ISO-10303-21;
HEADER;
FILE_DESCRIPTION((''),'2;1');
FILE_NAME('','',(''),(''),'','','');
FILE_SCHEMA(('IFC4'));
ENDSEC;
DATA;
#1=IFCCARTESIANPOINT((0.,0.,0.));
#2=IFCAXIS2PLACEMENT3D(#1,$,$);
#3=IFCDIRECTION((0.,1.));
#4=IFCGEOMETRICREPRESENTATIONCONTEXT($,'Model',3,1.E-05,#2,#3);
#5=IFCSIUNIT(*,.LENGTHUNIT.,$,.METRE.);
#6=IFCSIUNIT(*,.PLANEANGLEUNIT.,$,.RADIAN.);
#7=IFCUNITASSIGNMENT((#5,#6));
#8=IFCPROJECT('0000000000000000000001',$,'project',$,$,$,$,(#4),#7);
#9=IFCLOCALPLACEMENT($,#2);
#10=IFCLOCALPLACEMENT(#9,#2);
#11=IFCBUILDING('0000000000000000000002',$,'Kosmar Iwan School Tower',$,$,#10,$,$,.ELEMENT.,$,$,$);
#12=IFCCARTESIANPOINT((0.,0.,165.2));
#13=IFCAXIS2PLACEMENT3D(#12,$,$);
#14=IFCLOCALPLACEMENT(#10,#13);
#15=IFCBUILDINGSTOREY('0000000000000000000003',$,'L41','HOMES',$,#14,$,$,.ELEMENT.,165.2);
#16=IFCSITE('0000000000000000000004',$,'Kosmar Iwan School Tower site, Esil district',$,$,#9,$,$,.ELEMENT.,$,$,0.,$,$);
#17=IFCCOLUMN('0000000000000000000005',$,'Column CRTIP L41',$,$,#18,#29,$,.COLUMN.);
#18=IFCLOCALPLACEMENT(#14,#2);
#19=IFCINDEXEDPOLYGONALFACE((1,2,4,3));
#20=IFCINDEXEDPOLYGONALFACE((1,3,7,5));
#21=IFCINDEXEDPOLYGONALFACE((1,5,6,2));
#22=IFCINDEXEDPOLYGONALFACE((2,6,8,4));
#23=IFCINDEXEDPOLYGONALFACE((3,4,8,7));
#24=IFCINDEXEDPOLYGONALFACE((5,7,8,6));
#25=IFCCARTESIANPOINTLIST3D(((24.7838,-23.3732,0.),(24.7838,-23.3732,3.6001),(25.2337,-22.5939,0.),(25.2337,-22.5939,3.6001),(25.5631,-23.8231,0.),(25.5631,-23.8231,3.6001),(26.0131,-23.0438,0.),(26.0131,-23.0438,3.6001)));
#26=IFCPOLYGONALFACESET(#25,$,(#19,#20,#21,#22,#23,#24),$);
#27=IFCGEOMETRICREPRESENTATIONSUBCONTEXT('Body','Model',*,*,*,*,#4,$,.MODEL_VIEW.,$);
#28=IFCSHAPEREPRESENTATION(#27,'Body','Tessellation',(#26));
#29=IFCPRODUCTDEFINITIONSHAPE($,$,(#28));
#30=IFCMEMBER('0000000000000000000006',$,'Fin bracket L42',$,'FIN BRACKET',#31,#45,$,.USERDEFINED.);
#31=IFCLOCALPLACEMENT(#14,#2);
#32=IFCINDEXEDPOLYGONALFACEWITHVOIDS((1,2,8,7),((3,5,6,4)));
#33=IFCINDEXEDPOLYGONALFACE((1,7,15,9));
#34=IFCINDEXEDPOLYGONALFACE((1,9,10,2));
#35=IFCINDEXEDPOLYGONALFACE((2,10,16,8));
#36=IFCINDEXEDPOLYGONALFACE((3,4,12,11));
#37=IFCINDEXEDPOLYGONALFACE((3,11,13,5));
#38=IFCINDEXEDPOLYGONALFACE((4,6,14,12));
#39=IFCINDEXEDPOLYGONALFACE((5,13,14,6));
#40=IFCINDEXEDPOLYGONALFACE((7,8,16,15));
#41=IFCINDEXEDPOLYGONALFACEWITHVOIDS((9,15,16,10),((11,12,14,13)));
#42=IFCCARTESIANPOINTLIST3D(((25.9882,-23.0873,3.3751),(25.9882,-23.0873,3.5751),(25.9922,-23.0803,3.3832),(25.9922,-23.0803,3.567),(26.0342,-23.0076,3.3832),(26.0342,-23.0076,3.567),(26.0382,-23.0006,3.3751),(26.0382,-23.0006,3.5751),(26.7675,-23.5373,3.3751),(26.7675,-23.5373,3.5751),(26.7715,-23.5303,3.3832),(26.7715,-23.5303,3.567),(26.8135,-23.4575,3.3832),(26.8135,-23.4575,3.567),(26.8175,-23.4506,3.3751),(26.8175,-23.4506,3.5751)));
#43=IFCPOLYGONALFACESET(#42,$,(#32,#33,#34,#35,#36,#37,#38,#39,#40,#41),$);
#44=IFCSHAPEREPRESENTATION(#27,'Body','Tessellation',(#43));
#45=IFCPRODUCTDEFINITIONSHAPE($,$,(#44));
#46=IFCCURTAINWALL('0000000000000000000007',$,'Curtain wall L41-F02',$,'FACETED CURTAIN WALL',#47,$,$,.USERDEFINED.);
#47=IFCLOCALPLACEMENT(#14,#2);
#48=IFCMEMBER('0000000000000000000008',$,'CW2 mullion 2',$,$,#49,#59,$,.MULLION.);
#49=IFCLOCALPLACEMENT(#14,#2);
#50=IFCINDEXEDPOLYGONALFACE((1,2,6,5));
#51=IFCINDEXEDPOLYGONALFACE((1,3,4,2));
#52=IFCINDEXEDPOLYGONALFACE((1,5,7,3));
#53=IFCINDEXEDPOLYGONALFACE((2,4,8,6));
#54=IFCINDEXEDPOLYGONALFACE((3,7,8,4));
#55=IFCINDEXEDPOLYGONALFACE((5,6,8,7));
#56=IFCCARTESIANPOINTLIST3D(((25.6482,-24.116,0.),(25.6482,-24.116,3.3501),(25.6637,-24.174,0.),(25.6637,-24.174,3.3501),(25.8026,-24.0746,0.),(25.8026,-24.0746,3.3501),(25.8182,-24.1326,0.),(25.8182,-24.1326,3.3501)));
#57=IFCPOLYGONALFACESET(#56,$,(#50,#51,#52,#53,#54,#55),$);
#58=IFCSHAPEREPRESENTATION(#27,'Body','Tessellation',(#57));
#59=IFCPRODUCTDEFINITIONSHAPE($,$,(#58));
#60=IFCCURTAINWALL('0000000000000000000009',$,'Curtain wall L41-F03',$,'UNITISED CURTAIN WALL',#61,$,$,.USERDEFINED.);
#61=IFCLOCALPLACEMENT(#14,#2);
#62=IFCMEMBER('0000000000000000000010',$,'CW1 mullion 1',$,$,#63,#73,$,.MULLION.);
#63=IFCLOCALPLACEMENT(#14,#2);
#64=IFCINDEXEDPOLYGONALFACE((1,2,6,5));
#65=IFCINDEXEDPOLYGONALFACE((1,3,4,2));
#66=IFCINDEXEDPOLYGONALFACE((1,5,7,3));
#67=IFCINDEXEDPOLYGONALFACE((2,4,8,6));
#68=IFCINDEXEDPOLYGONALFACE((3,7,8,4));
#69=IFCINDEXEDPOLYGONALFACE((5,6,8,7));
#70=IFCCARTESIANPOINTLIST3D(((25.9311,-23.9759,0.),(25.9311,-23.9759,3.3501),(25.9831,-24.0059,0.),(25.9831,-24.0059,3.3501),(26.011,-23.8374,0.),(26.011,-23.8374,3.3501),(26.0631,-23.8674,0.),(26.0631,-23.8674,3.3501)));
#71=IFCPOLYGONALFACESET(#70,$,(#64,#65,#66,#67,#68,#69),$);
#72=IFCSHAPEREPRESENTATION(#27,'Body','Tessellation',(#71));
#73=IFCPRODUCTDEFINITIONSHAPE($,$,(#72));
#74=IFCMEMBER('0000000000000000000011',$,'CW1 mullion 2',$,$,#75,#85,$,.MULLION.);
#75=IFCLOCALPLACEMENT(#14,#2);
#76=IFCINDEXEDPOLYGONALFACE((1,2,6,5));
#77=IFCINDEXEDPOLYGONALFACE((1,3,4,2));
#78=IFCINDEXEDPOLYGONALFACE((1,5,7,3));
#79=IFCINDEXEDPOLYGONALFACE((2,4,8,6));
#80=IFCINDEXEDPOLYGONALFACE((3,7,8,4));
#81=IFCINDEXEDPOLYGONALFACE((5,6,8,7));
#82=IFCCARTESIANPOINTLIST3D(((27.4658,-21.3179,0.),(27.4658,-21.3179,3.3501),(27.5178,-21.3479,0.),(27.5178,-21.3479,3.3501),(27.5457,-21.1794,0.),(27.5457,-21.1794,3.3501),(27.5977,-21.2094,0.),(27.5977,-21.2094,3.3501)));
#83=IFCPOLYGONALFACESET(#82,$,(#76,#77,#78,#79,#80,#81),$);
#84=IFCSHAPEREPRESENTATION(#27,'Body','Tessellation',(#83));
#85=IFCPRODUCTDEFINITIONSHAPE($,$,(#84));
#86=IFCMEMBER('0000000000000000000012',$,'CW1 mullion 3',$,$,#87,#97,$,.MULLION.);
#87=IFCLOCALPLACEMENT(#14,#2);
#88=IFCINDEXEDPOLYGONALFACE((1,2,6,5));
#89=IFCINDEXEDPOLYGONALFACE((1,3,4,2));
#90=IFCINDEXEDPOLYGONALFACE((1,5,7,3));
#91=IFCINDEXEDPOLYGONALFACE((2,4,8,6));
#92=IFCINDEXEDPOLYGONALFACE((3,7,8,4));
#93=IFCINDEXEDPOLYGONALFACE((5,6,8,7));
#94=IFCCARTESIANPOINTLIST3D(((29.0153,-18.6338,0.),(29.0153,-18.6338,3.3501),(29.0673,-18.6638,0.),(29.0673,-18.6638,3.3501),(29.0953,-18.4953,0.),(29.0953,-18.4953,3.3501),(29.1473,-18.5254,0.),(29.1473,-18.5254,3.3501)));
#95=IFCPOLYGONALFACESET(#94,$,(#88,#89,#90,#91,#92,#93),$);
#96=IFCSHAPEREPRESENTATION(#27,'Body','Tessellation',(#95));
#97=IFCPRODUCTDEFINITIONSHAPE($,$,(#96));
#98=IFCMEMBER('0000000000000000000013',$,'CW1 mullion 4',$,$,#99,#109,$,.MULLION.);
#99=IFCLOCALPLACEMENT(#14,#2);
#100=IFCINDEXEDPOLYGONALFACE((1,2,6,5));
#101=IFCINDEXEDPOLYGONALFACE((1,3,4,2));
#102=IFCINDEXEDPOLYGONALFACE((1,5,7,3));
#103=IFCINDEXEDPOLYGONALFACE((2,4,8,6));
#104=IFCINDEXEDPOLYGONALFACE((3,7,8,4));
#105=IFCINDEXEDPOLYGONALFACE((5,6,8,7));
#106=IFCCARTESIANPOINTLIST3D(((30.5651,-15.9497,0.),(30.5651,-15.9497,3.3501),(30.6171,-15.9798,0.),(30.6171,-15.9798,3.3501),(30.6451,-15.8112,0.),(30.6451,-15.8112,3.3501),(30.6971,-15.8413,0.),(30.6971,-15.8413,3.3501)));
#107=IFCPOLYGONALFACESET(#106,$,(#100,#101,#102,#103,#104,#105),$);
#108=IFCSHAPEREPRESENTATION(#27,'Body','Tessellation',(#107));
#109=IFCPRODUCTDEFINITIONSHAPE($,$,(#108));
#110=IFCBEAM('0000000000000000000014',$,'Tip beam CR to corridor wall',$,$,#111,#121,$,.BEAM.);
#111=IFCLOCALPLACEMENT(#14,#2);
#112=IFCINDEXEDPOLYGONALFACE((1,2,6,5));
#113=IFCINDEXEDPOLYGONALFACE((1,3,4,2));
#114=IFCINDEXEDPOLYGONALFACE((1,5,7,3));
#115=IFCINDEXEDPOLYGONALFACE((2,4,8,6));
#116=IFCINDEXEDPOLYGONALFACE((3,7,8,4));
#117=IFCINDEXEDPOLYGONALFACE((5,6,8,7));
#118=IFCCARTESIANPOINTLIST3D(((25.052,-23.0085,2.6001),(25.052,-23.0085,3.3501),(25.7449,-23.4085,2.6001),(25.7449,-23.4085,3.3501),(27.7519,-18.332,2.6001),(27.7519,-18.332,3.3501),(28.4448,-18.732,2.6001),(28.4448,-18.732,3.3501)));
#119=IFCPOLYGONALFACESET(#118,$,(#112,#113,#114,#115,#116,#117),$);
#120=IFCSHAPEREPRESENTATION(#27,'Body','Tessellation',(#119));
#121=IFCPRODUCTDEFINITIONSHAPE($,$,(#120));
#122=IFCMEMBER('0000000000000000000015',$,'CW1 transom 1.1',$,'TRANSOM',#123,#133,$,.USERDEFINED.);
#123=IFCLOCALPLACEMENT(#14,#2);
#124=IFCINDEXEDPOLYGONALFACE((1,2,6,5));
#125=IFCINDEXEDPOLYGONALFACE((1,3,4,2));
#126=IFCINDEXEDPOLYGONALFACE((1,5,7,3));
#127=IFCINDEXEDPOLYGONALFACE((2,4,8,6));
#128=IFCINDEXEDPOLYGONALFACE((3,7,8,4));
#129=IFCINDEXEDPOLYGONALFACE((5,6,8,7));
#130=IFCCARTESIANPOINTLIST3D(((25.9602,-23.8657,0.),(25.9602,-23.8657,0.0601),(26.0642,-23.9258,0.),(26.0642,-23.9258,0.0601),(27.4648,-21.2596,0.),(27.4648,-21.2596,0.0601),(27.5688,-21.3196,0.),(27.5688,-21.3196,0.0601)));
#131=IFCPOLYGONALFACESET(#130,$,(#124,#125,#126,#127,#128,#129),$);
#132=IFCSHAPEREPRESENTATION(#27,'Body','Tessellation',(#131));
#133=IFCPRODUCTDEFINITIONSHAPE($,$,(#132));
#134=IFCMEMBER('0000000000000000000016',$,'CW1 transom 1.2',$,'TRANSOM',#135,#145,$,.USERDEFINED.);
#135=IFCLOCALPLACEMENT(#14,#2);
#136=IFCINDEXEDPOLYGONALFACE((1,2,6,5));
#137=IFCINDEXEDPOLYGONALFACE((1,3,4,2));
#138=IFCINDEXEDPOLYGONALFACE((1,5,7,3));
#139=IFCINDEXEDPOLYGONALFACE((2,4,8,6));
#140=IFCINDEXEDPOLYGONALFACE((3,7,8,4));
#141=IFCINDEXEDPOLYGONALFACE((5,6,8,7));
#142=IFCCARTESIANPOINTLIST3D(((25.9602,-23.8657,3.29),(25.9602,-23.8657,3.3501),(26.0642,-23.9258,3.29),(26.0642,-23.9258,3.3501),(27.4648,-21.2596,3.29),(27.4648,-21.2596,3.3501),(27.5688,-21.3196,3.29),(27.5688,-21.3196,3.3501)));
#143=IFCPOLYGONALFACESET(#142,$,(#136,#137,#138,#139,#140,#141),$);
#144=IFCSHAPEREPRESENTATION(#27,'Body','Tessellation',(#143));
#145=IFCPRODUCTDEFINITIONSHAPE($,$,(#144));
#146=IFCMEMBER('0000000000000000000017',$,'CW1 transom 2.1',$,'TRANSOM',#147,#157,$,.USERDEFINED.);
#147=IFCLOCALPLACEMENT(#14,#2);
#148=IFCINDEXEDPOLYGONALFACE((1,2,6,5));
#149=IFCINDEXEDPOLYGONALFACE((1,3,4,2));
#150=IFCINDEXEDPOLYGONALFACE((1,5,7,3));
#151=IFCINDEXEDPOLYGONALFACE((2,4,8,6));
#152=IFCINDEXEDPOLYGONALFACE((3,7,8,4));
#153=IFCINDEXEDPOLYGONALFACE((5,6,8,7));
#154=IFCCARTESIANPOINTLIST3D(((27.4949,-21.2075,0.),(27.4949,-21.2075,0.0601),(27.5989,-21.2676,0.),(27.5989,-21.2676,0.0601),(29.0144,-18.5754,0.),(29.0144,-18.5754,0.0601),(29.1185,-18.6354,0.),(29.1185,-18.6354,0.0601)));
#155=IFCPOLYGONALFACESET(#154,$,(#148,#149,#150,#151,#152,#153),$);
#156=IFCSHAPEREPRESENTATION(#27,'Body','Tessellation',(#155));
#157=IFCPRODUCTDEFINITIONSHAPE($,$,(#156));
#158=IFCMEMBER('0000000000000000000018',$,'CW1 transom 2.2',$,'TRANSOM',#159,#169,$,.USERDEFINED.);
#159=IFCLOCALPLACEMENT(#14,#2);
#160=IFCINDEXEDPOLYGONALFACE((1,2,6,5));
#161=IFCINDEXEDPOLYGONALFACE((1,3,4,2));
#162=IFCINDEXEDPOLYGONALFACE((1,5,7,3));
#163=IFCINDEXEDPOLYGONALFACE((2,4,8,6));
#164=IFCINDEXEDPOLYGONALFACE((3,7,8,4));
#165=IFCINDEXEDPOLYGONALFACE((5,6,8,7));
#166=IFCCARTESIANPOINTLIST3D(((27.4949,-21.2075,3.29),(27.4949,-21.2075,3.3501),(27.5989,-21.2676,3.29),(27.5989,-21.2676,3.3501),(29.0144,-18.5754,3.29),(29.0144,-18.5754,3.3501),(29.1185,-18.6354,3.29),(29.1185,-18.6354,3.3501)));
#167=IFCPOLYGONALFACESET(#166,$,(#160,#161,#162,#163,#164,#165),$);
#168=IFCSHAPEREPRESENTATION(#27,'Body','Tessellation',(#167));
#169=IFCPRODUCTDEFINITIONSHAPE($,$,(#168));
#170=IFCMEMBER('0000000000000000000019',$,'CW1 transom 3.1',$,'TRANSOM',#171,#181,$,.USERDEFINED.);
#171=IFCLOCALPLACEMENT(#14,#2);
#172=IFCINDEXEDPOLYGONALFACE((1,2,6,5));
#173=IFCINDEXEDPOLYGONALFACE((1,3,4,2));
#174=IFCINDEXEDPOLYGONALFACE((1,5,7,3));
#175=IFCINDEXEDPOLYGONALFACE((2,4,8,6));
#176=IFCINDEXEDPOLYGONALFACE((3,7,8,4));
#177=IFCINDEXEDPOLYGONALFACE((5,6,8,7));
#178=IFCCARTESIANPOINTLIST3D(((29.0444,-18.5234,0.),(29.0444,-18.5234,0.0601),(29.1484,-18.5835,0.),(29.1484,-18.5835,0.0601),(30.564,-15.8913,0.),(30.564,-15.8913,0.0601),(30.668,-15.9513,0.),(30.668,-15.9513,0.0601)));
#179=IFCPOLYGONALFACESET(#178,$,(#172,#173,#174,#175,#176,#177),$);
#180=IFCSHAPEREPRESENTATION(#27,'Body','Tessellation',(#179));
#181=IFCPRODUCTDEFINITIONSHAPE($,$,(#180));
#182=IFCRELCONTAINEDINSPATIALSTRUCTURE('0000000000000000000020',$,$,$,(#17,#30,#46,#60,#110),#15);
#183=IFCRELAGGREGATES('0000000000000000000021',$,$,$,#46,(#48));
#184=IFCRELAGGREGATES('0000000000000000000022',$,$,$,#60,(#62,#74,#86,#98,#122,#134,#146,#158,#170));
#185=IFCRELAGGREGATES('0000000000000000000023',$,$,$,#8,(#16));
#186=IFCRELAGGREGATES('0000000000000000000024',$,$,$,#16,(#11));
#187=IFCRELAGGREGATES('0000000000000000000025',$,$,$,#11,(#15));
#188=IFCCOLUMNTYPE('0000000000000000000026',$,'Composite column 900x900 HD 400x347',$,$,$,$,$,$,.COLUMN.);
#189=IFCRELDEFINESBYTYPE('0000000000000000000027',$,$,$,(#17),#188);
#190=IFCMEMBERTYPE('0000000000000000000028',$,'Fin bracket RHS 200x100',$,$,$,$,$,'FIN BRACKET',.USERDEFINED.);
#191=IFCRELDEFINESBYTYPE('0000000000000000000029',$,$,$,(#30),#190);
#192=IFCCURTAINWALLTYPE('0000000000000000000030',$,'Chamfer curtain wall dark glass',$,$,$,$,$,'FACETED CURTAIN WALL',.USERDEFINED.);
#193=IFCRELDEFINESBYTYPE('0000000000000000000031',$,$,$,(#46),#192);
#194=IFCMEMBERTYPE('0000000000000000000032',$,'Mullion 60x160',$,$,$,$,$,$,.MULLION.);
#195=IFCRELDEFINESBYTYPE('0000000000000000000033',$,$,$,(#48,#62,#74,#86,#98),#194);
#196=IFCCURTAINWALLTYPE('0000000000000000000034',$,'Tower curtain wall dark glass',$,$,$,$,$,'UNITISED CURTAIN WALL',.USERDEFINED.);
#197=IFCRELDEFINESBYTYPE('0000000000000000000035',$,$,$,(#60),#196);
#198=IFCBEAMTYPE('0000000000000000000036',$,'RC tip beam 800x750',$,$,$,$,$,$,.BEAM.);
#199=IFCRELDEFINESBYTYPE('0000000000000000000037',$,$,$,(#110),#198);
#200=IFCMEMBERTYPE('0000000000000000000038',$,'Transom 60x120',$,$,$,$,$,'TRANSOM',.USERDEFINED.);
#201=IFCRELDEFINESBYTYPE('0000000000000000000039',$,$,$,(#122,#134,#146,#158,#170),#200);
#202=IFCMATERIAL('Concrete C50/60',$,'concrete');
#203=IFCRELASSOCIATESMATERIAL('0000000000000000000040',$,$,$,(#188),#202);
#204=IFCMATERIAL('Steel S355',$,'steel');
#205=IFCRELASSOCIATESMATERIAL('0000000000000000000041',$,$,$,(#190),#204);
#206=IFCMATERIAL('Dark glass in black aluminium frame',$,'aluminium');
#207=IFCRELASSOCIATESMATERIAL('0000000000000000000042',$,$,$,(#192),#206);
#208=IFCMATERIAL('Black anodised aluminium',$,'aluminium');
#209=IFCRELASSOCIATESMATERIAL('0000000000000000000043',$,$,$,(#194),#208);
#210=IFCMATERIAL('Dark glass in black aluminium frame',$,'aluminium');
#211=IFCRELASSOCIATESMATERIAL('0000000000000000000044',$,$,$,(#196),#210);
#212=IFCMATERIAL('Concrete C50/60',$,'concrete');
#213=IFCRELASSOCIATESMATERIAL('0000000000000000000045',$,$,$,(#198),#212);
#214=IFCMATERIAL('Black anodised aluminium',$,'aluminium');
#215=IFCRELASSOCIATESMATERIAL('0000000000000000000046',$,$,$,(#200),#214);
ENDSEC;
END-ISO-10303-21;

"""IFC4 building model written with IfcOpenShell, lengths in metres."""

from ifc_helpers import new_model, si_unit, direction, frame, origin, origin_2d, place, context, subcontext, project, spatial, rectangle, hollow_rectangle, extrude, material, material_profile, profile_set, type_object, element, aggregate, save


model = new_model("IFC4")

# Units and contexts
model_context = context("Model", 3, precision=1e-05, world=origin(), true_north=direction((0.0, 1.0)))
body_context = subcontext(model_context, "Body", "Model", "MODEL_VIEW")
ifc_project = project(units=[si_unit("LENGTHUNIT", "METRE"), si_unit("PLANEANGLEUNIT", "RADIAN")], contexts=[model_context])

# Site, building, storey
site_placement = place(None, origin())
site = spatial("IfcSite", under=ifc_project, at=site_placement, Name="Kosmar Iwan School Tower site, Esil district", CompositionType="ELEMENT", RefElevation=0.0)
building_placement = place(site_placement, origin())
building = spatial("IfcBuilding", under=site, at=building_placement, Name="Kosmar Iwan School Tower", CompositionType="ELEMENT")
storey_placement = place(building_placement, frame((0.0, 0.0, 165.2)))
storey = spatial("IfcBuildingStorey", under=building, at=storey_placement, Name="L41", Description="HOMES", CompositionType="ELEMENT", Elevation=165.2)

# Column
ifc_material_1 = material(Name="Concrete C50/60", Category="concrete")
ifc_material_profile_1 = material_profile(ifc_material_1, rectangle(XDim=0.8999, YDim=0.8999, at=origin_2d()), Name="RC 900x900 + HD 400x347")
ifc_profile_set_1 = profile_set([ifc_material_profile_1], Name="Concrete C50/60")
column_type = type_object("IfcColumnType", Name="Composite column 900x900 HD 400x347", PredefinedType="COLUMN", material=ifc_profile_set_1)
column_placement = place(storey_placement, frame((25.3984, -23.2085, 0.0), z_axis=(0.0, 0.0, 1.0), x_axis=(0.866025, -0.5, 0.0)))
element("IfcColumn", 1, at=column_placement, inside=storey, type_object=column_type, Name="Column CRTIP L41", PredefinedType="COLUMN", context=body_context, shape_type="SweptSolid", body=[
    extrude(rectangle(XDim=0.8999, YDim=0.8999, at=origin_2d()), origin(), (0.0, 0.0, 1.0), 3.6001),
])

# Member
ifc_material_2 = material(Name="Steel S355", Category="steel")
ifc_material_profile_2 = material_profile(ifc_material_2, hollow_rectangle(XDim=0.1001, YDim=0.2, WallThickness=0.0081, at=origin_2d()), Name="RHS 200x100x8")
ifc_profile_set_2 = profile_set([ifc_material_profile_2], Name="Steel S355")
member_type_1 = type_object("IfcMemberType", Name="Fin bracket RHS 200x100", ElementType="FIN BRACKET", PredefinedType="USERDEFINED", material=ifc_profile_set_2)
member_1_placement = place(storey_placement, frame((26.0132, -23.0439, 3.4751), z_axis=(0.866014, -0.50002, 0.0), x_axis=(0.50002, 0.866014, 0.0)))
element("IfcMember", 2, at=member_1_placement, inside=storey, type_object=member_type_1, Name="Fin bracket L42", ObjectType="FIN BRACKET", PredefinedType="USERDEFINED", context=body_context, shape_type="SweptSolid", body=[
    extrude(hollow_rectangle(XDim=0.1001, YDim=0.2, WallThickness=0.0081, at=origin_2d()), origin(), (0.0, 0.0, 1.0), 0.8999),
])

# Curtain wall, member
ifc_material_3 = material(Name="Dark glass in black aluminium frame", Category="aluminium")
curtain_wall_type_1 = type_object("IfcCurtainWallType", Name="Chamfer curtain wall dark glass", ElementType="FACETED CURTAIN WALL", PredefinedType="USERDEFINED", material=ifc_material_3)
curtain_wall_1_placement = place(storey_placement, origin())
curtain_wall_1 = element("IfcCurtainWall", 3, at=curtain_wall_1_placement, inside=storey, type_object=curtain_wall_type_1, Name="Curtain wall L41-F02", ObjectType="FACETED CURTAIN WALL", PredefinedType="USERDEFINED")
ifc_material_4 = material(Name="Black anodised aluminium", Category="aluminium")
ifc_material_profile_3 = material_profile(ifc_material_4, rectangle(XDim=0.0601, YDim=0.1599, at=origin_2d()), Name="MULLION 60x160")
ifc_profile_set_3 = profile_set([ifc_material_profile_3], Name="Black anodised aluminium")
member_type_2 = type_object("IfcMemberType", Name="Mullion 60x160", PredefinedType="MULLION", material=ifc_profile_set_3)
member_2_placement = place(storey_placement, frame((25.7332, -24.1243, 0.0), z_axis=(0.0, 0.0, 1.0), x_axis=(-0.258819, 0.965926, 0.0)))
member_2 = element("IfcMember", 4, at=member_2_placement, type_object=member_type_2, Name="CW2 mullion 2", PredefinedType="MULLION", context=body_context, shape_type="SweptSolid", body=[
    extrude(rectangle(XDim=0.0601, YDim=0.1599, at=origin_2d()), origin(), (0.0, 0.0, 1.0), 3.3501),
])

# Curtain wall, members
ifc_material_5 = material(Name="Dark glass in black aluminium frame", Category="aluminium")
curtain_wall_type_2 = type_object("IfcCurtainWallType", Name="Tower curtain wall dark glass", ElementType="UNITISED CURTAIN WALL", PredefinedType="USERDEFINED", material=ifc_material_5)
curtain_wall_2_placement = place(storey_placement, origin())
curtain_wall_2 = element("IfcCurtainWall", 5, at=curtain_wall_2_placement, inside=storey, type_object=curtain_wall_type_2, Name="Curtain wall L41-F03", ObjectType="UNITISED CURTAIN WALL", PredefinedType="USERDEFINED")
member_3_placement = place(storey_placement, frame((25.9971, -23.9216, 0.0), z_axis=(0.0, 0.0, 1.0), x_axis=(-0.866025, 0.5, 0.0)))
member_3 = element("IfcMember", 6, at=member_3_placement, type_object=member_type_2, Name="CW1 mullion 1", PredefinedType="MULLION", context=body_context, shape_type="SweptSolid", body=[
    extrude(rectangle(XDim=0.0601, YDim=0.1599, at=origin_2d()), origin(), (0.0, 0.0, 1.0), 3.3501),
])
member_4_placement = place(storey_placement, frame((27.5317, -21.2637, 0.0), z_axis=(0.0, 0.0, 1.0), x_axis=(-0.866025, 0.5, 0.0)))
member_4 = element("IfcMember", 7, at=member_4_placement, type_object=member_type_2, Name="CW1 mullion 2", PredefinedType="MULLION", context=body_context, shape_type="SweptSolid", body=[
    extrude(rectangle(XDim=0.0601, YDim=0.1599, at=origin_2d()), origin(), (0.0, 0.0, 1.0), 3.3501),
])
member_5_placement = place(storey_placement, frame((29.0813, -18.5796, 0.0), z_axis=(0.0, 0.0, 1.0), x_axis=(-0.866025, 0.5, 0.0)))
member_5 = element("IfcMember", 8, at=member_5_placement, type_object=member_type_2, Name="CW1 mullion 3", PredefinedType="MULLION", context=body_context, shape_type="SweptSolid", body=[
    extrude(rectangle(XDim=0.0601, YDim=0.1599, at=origin_2d()), origin(), (0.0, 0.0, 1.0), 3.3501),
])
member_6_placement = place(storey_placement, frame((30.6311, -15.8955, 0.0), z_axis=(0.0, 0.0, 1.0), x_axis=(-0.866025, 0.5, 0.0)))
member_6 = element("IfcMember", 9, at=member_6_placement, type_object=member_type_2, Name="CW1 mullion 4", PredefinedType="MULLION", context=body_context, shape_type="SweptSolid", body=[
    extrude(rectangle(XDim=0.0601, YDim=0.1599, at=origin_2d()), origin(), (0.0, 0.0, 1.0), 3.3501),
])

# Beam
ifc_material_6 = material(Name="Concrete C50/60", Category="concrete")
ifc_material_profile_4 = material_profile(ifc_material_6, rectangle(XDim=0.8, YDim=0.75, at=origin_2d()), Name="RC 800x750")
ifc_profile_set_4 = profile_set([ifc_material_profile_4], Name="Concrete C50/60")
beam_type = type_object("IfcBeamType", Name="RC tip beam 800x750", PredefinedType="BEAM", material=ifc_profile_set_4)
beam_placement = place(storey_placement, frame((25.3984, -23.2085, 2.9751), z_axis=(0.499995, 0.866028, 0.0), x_axis=(-0.866028, 0.499995, 0.0)))
element("IfcBeam", 10, at=beam_placement, inside=storey, type_object=beam_type, Name="Tip beam CR to corridor wall", PredefinedType="BEAM", context=body_context, shape_type="SweptSolid", body=[
    extrude(rectangle(XDim=0.8, YDim=0.75, at=origin_2d()), origin(), (0.0, 0.0, 1.0), 5.3999),
])

# Members
ifc_material_7 = material(Name="Black anodised aluminium", Category="aluminium")
ifc_material_profile_5 = material_profile(ifc_material_7, rectangle(XDim=0.1201, YDim=0.0601, at=origin_2d()), Name="TRANSOM 60x120")
ifc_profile_set_5 = profile_set([ifc_material_profile_5], Name="Black anodised aluminium")
member_type_3 = type_object("IfcMemberType", Name="Transom 60x120", ElementType="TRANSOM", PredefinedType="USERDEFINED", material=ifc_profile_set_5)
member_7_placement = place(storey_placement, frame((26.0122, -23.8958, 0.03), z_axis=(0.499987, 0.866033, 0.0), x_axis=(-0.866033, 0.499987, 0.0)))
member_7 = element("IfcMember", 11, at=member_7_placement, type_object=member_type_3, Name="CW1 transom 1.1", ObjectType="TRANSOM", PredefinedType="USERDEFINED", context=body_context, shape_type="SweptSolid", body=[
    extrude(rectangle(XDim=0.1201, YDim=0.0601, at=origin_2d()), origin(), (0.0, 0.0, 1.0), 3.0093),
])
member_8_placement = place(storey_placement, frame((26.0122, -23.8958, 3.3201), z_axis=(0.499987, 0.866033, 0.0), x_axis=(-0.866033, 0.499987, 0.0)))
member_8 = element("IfcMember", 12, at=member_8_placement, type_object=member_type_3, Name="CW1 transom 1.2", ObjectType="TRANSOM", PredefinedType="USERDEFINED", context=body_context, shape_type="SweptSolid", body=[
    extrude(rectangle(XDim=0.1201, YDim=0.0601, at=origin_2d()), origin(), (0.0, 0.0, 1.0), 3.0093),
])
member_9_placement = place(storey_placement, frame((27.5469, -21.2375, 0.03), z_axis=(0.499975, 0.86604, 0.0), x_axis=(-0.86604, 0.499975, 0.0)))
member_9 = element("IfcMember", 13, at=member_9_placement, type_object=member_type_3, Name="CW1 transom 2.1", ObjectType="TRANSOM", PredefinedType="USERDEFINED", context=body_context, shape_type="SweptSolid", body=[
    extrude(rectangle(XDim=0.1201, YDim=0.0601, at=origin_2d()), origin(), (0.0, 0.0, 1.0), 3.0393),
])
member_10_placement = place(storey_placement, frame((27.5469, -21.2375, 3.3201), z_axis=(0.499975, 0.86604, 0.0), x_axis=(-0.86604, 0.499975, 0.0)))
member_10 = element("IfcMember", 14, at=member_10_placement, type_object=member_type_3, Name="CW1 transom 2.2", ObjectType="TRANSOM", PredefinedType="USERDEFINED", context=body_context, shape_type="SweptSolid", body=[
    extrude(rectangle(XDim=0.1201, YDim=0.0601, at=origin_2d()), origin(), (0.0, 0.0, 1.0), 3.0393),
])
member_11_placement = place(storey_placement, frame((29.0964, -18.5535, 0.03), z_axis=(0.499975, 0.86604, 0.0), x_axis=(-0.86604, 0.499975, 0.0)))
member_11 = element("IfcMember", 15, at=member_11_placement, type_object=member_type_3, Name="CW1 transom 3.1", ObjectType="TRANSOM", PredefinedType="USERDEFINED", context=body_context, shape_type="SweptSolid", body=[
    extrude(rectangle(XDim=0.1201, YDim=0.0601, at=origin_2d()), origin(), (0.0, 0.0, 1.0), 3.0393),
])

aggregate(curtain_wall_1, [member_2])
aggregate(curtain_wall_2, [member_3, member_4, member_5, member_6, member_7, member_8, member_9, member_10, member_11])

save(model, "model.ifc")
